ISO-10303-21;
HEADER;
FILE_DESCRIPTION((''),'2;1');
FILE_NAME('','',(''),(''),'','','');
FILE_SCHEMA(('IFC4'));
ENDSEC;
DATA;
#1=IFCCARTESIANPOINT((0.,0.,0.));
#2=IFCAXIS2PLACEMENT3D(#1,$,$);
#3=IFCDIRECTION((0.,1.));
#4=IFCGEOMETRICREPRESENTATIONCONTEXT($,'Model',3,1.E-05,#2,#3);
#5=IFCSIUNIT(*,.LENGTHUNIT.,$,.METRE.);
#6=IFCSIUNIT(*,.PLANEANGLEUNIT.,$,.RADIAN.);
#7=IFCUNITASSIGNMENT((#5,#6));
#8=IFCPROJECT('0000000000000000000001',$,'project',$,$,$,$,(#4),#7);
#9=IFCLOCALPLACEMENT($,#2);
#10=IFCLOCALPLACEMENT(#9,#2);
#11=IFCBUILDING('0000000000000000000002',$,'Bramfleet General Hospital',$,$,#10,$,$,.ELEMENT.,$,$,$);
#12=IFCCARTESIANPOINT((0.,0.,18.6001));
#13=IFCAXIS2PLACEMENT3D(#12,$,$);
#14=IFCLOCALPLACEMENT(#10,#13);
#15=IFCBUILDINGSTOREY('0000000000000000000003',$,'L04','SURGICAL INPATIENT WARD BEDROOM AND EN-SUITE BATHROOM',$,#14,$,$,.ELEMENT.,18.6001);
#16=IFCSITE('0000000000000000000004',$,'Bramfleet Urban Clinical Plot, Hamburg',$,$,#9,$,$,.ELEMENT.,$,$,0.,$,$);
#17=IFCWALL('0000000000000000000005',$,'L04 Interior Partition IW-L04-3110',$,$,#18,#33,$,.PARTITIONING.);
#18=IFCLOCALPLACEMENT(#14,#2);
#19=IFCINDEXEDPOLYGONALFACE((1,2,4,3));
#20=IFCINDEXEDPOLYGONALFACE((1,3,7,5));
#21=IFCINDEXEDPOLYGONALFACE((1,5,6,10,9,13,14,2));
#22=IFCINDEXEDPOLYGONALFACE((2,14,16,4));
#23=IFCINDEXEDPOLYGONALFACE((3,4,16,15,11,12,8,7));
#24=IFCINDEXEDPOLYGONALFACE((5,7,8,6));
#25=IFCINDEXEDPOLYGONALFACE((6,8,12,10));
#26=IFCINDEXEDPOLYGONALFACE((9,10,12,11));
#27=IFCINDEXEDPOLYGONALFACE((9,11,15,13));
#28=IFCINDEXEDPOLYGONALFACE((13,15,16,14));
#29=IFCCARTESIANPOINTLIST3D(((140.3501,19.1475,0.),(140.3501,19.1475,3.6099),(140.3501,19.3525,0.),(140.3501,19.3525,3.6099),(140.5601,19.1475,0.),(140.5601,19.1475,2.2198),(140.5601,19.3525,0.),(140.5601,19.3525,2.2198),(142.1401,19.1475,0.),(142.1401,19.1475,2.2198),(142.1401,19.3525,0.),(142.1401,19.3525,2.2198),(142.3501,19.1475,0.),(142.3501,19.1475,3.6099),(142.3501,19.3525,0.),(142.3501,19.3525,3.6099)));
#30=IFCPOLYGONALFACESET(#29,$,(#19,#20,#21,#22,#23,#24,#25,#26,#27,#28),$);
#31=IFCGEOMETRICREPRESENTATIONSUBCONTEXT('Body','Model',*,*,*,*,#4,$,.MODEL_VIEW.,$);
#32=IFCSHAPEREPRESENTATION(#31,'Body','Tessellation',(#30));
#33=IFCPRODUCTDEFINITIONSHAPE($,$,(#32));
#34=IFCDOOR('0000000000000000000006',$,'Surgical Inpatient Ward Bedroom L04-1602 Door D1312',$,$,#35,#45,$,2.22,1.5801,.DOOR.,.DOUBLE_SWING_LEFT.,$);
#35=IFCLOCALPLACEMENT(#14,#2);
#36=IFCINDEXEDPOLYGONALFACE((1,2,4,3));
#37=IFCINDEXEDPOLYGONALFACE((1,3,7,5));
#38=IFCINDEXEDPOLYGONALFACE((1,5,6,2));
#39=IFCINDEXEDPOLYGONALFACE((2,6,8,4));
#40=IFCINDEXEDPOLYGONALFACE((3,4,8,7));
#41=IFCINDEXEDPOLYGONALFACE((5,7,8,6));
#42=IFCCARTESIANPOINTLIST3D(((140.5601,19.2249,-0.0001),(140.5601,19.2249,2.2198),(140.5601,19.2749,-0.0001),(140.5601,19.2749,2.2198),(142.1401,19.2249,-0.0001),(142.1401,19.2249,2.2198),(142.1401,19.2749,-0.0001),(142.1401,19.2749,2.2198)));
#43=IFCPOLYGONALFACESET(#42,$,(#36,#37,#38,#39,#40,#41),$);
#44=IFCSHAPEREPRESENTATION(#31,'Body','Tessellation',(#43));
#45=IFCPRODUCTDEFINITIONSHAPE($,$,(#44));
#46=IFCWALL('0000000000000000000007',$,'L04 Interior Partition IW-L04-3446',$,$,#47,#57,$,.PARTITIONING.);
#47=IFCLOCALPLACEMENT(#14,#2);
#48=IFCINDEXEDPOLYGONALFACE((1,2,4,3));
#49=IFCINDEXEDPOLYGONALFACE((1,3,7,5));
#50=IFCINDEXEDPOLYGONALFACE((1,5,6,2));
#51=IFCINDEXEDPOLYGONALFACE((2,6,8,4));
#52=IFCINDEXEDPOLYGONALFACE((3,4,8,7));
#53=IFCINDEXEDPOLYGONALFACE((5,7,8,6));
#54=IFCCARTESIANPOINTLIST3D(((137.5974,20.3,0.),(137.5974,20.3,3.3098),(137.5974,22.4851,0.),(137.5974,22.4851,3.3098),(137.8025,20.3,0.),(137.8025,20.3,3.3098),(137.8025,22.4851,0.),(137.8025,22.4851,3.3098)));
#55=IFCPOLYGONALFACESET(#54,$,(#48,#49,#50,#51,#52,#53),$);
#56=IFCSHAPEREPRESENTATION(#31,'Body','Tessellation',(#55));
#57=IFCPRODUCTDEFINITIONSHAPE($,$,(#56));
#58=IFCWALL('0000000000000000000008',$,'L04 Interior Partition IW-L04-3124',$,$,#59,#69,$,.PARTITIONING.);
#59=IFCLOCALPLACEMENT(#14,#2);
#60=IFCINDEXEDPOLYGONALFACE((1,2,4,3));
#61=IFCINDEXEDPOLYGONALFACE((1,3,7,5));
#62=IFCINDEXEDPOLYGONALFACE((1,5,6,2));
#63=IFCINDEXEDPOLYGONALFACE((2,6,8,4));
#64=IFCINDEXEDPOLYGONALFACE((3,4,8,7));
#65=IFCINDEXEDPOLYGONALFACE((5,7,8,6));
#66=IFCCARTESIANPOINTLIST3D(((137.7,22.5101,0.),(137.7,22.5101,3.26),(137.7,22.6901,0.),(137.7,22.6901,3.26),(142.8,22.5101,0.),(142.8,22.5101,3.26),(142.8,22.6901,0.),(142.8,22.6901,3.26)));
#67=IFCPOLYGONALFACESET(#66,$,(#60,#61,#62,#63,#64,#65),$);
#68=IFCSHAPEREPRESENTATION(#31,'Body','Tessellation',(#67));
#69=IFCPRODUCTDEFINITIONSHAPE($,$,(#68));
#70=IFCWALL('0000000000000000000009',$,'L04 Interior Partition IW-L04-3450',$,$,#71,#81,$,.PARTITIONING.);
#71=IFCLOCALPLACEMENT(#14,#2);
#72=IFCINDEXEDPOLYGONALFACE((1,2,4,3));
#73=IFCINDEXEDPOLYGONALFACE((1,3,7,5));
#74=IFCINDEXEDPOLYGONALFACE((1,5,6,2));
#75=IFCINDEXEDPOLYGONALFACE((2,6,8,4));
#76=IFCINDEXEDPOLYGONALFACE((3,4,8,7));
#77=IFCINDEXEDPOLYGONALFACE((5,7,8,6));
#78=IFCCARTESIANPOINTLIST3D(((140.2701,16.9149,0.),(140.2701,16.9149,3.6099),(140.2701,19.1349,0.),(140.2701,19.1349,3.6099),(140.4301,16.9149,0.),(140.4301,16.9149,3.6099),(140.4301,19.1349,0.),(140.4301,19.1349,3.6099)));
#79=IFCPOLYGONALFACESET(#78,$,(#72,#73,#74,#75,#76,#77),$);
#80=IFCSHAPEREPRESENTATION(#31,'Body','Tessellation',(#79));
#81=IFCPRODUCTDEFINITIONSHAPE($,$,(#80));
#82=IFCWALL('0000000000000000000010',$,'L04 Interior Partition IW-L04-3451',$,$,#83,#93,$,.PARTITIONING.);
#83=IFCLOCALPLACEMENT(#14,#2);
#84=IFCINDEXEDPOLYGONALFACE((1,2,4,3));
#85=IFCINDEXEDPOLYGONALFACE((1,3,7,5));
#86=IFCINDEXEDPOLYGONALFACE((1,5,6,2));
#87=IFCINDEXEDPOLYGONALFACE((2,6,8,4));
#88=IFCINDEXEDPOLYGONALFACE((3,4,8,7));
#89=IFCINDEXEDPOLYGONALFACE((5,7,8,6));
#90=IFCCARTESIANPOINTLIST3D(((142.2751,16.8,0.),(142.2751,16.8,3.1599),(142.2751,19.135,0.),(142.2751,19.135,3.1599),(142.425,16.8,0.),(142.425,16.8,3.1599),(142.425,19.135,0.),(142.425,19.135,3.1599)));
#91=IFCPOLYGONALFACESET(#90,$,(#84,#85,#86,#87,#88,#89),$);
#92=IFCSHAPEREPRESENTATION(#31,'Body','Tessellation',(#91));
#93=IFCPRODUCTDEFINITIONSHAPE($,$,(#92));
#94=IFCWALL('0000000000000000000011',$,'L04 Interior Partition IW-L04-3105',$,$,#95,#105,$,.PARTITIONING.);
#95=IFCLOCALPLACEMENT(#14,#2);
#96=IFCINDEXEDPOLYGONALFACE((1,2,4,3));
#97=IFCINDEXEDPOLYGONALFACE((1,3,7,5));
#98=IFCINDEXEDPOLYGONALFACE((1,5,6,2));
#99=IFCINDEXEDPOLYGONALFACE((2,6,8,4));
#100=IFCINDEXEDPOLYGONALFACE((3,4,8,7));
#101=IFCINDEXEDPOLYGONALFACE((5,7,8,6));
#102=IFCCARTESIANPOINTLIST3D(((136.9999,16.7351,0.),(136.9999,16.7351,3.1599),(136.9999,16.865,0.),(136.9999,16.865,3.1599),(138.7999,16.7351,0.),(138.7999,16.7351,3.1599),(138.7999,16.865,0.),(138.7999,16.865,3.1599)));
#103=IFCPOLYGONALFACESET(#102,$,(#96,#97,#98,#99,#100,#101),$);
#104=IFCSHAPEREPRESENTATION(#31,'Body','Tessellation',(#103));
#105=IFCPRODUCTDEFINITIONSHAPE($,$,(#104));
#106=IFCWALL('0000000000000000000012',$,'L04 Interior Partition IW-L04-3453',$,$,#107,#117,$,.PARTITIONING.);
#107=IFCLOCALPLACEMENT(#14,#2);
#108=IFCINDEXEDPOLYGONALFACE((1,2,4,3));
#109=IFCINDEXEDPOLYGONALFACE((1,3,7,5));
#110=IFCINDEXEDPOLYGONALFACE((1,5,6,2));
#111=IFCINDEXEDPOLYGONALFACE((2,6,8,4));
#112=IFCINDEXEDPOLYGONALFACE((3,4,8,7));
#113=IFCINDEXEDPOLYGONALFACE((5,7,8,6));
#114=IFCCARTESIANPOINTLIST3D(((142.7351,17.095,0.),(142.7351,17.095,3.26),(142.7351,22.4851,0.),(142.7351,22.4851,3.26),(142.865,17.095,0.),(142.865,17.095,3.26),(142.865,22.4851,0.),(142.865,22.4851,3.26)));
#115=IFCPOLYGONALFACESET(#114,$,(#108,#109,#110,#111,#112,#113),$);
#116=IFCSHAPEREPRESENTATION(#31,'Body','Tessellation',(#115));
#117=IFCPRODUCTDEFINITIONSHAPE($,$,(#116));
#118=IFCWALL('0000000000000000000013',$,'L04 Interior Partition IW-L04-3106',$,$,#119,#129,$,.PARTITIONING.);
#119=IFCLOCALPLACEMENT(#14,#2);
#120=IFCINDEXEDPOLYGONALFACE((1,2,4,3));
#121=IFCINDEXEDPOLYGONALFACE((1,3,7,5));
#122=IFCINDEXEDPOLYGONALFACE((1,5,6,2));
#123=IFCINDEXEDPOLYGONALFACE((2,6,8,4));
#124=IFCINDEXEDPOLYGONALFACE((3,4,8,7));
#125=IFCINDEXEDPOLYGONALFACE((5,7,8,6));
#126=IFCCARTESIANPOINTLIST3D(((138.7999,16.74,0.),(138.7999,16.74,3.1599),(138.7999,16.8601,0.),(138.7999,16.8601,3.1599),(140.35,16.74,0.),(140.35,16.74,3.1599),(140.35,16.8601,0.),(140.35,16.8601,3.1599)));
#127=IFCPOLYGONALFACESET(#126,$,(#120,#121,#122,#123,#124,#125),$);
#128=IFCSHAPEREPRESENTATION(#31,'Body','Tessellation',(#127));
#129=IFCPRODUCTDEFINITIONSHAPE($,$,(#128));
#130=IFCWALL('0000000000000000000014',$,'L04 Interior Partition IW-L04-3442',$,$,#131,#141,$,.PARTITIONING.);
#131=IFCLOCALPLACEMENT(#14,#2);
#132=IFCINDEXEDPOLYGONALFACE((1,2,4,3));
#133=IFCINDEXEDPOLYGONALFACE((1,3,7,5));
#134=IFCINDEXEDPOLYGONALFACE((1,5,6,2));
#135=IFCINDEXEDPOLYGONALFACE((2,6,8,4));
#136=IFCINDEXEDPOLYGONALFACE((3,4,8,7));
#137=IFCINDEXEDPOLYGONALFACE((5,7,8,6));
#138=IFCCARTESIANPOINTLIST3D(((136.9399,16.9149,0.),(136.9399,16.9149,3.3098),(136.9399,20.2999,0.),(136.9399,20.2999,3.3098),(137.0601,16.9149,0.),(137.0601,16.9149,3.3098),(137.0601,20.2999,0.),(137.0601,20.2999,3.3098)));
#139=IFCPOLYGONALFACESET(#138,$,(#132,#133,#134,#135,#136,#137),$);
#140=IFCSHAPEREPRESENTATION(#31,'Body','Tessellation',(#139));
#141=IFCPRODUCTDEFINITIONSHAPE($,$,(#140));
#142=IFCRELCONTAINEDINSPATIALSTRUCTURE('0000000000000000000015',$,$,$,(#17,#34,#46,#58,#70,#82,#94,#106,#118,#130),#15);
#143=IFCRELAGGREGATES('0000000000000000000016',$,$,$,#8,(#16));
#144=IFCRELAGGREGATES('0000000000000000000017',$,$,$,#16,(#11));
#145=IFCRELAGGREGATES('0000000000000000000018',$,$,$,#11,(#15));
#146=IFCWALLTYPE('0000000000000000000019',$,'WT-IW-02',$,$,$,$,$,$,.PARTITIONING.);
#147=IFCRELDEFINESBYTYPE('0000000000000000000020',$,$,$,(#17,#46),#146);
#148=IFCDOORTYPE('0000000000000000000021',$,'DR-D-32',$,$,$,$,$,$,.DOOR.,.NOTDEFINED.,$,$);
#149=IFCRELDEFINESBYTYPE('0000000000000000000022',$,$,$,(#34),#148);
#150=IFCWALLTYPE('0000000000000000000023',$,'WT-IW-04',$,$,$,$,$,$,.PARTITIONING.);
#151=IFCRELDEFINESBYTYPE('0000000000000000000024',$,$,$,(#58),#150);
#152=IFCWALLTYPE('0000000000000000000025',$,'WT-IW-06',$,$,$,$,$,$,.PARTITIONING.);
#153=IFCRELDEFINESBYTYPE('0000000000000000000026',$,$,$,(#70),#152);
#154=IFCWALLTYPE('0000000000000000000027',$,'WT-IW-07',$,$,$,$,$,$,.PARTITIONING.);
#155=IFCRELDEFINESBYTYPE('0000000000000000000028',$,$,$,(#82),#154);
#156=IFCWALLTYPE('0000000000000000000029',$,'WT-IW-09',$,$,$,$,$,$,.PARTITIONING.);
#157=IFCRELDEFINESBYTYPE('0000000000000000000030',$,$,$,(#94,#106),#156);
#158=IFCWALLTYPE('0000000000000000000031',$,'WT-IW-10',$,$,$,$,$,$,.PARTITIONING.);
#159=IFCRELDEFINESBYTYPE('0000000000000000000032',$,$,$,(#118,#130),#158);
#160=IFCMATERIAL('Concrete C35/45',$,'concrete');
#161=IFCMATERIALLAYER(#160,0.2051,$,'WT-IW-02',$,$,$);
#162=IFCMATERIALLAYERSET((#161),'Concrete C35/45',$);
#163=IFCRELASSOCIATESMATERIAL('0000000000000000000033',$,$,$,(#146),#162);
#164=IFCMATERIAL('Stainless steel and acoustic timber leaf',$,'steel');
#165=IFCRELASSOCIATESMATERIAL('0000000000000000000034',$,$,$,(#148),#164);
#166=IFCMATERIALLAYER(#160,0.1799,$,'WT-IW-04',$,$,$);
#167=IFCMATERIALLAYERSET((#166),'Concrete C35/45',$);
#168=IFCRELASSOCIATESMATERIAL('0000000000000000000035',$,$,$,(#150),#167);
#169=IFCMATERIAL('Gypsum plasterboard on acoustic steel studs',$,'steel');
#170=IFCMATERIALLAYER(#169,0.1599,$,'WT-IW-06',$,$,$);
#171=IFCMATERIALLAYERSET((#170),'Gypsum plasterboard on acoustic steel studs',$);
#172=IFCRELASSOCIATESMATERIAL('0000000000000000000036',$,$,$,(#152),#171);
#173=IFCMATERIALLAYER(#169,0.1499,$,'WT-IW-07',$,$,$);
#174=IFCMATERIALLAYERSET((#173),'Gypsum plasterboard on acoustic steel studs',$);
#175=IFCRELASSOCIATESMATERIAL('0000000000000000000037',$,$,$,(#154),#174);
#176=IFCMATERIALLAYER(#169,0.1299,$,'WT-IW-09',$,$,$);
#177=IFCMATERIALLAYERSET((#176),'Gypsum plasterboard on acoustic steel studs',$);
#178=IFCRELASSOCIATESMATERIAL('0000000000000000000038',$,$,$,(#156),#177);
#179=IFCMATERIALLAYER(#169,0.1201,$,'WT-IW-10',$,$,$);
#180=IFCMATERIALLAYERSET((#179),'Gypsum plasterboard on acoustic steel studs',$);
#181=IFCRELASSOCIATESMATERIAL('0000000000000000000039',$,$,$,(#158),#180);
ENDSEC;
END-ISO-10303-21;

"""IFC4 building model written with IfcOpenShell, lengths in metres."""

from ifc_helpers import new_model, si_unit, direction, frame, frame_2d, origin, place, context, subcontext, project, spatial, rectangle, extrude, material, layer, layer_set, type_object, element, fill, save


model = new_model("IFC4")

# Units and contexts
model_context = context("Model", 3, precision=1e-05, world=origin(), true_north=direction((0.0, 1.0)))
body_context = subcontext(model_context, "Body", "Model", "MODEL_VIEW")
ifc_project = project(units=[si_unit("LENGTHUNIT", "METRE"), si_unit("PLANEANGLEUNIT", "RADIAN")], contexts=[model_context])

# Site, building, storey
site_placement = place(None, origin())
site = spatial("IfcSite", under=ifc_project, at=site_placement, Name="Bramfleet Urban Clinical Plot, Hamburg", CompositionType="ELEMENT", RefElevation=0.0)
building_placement = place(site_placement, origin())
building = spatial("IfcBuilding", under=site, at=building_placement, Name="Bramfleet General Hospital", CompositionType="ELEMENT")
storey_placement = place(building_placement, frame((0.0, 0.0, 18.6001)))
storey = spatial("IfcBuildingStorey", under=building, at=storey_placement, Name="L04", Description="SURGICAL INPATIENT WARD BEDROOM AND EN-SUITE BATHROOM", CompositionType="ELEMENT", Elevation=18.6001)

# Wall, opening, door
ifc_material_1 = material(Name="Concrete C35/45", Category="concrete")
ifc_layer_1 = layer(ifc_material_1, 0.2051, Name="WT-IW-02")
ifc_layer_set_1 = layer_set([ifc_layer_1], Name="Concrete C35/45")
wall_type_1 = type_object("IfcWallType", Name="WT-IW-02", PredefinedType="PARTITIONING", material=ifc_layer_set_1)
wall_1_placement = place(storey_placement, frame((140.3501, 19.25, 0.0), z_axis=(0.0, 0.0, 1.0), x_axis=(1.0, 0.0, 0.0)))
wall_1 = element("IfcWall", 1, at=wall_1_placement, inside=storey, type_object=wall_type_1, Name="L04 Interior Partition IW-L04-3110", PredefinedType="PARTITIONING", context=body_context, shape_type="SweptSolid", body=[
    extrude(rectangle(XDim=2.0, YDim=0.2051, at=frame_2d((1.0, 0.0))), origin(), (0.0, 0.0, 1.0), 3.6099),
])
opening_1_placement = place(wall_1_placement, frame((0.21, 0.0, 0.0)))
opening_1 = element("IfcOpeningElement", 2, at=opening_1_placement, cuts=wall_1, PredefinedType="OPENING", context=body_context, shape_type="SweptSolid", body=[
    extrude(rectangle(XDim=1.5801, YDim=2.22, at=frame_2d((0.79, 1.1099))), frame((0.0, 0.1125, 0.0), z_axis=(0.0, -1.0, 0.0), x_axis=(1.0, 0.0, 0.0)), (0.0, 0.0, 1.0), 0.2251),
])
ifc_material_2 = material(Name="Stainless steel and acoustic timber leaf", Category="steel")
door_type = type_object("IfcDoorType", Name="DR-D-32", OperationType="NOTDEFINED", PredefinedType="DOOR", material=ifc_material_2)
door_placement = place(opening_1_placement, origin())
door = element("IfcDoor", 3, at=door_placement, inside=storey, type_object=door_type, Name="Surgical Inpatient Ward Bedroom L04-1602 Door D1312", OperationType="DOUBLE_SWING_LEFT", OverallHeight=2.22, OverallWidth=1.5801, PredefinedType="DOOR", context=body_context, shape_type="SweptSolid", body=[
    extrude(rectangle(XDim=1.5801, YDim=2.22, at=frame_2d((0.79, 1.1099))), frame((0.0, 0.0249, 0.0), z_axis=(0.0, -1.0, 0.0), x_axis=(1.0, 0.0, 0.0)), (0.0, 0.0, 1.0), 0.05),
])
fill(opening_1, door)

# Walls
wall_2_placement = place(storey_placement, frame((137.7, 20.3, 0.0), z_axis=(0.0, 0.0, 1.0), x_axis=(0.0, 1.0, 0.0)))
element("IfcWall", 4, at=wall_2_placement, inside=storey, type_object=wall_type_1, Name="L04 Interior Partition IW-L04-3446", PredefinedType="PARTITIONING", context=body_context, shape_type="SweptSolid", body=[
    extrude(rectangle(XDim=2.1851, YDim=0.2051, at=frame_2d((1.0925, 0.0))), origin(), (0.0, 0.0, 1.0), 3.3098),
])
ifc_layer_2 = layer(ifc_material_1, 0.1799, Name="WT-IW-04")
ifc_layer_set_2 = layer_set([ifc_layer_2], Name="Concrete C35/45")
wall_type_2 = type_object("IfcWallType", Name="WT-IW-04", PredefinedType="PARTITIONING", material=ifc_layer_set_2)
wall_3_placement = place(storey_placement, frame((137.7, 22.6001, 0.0), z_axis=(0.0, 0.0, 1.0), x_axis=(1.0, 0.0, 0.0)))
element("IfcWall", 5, at=wall_3_placement, inside=storey, type_object=wall_type_2, Name="L04 Interior Partition IW-L04-3124", PredefinedType="PARTITIONING", context=body_context, shape_type="SweptSolid", body=[
    extrude(rectangle(XDim=5.1001, YDim=0.1799, at=frame_2d((2.55, 0.0))), origin(), (0.0, 0.0, 1.0), 3.26),
])
ifc_material_3 = material(Name="Gypsum plasterboard on acoustic steel studs", Category="steel")
ifc_layer_3 = layer(ifc_material_3, 0.1599, Name="WT-IW-06")
ifc_layer_set_3 = layer_set([ifc_layer_3], Name="Gypsum plasterboard on acoustic steel studs")
wall_type_3 = type_object("IfcWallType", Name="WT-IW-06", PredefinedType="PARTITIONING", material=ifc_layer_set_3)
wall_4_placement = place(storey_placement, frame((140.3501, 16.915, 0.0), z_axis=(0.0, 0.0, 1.0), x_axis=(0.0, 1.0, 0.0)))
element("IfcWall", 6, at=wall_4_placement, inside=storey, type_object=wall_type_3, Name="L04 Interior Partition IW-L04-3450", PredefinedType="PARTITIONING", context=body_context, shape_type="SweptSolid", body=[
    extrude(rectangle(XDim=2.22, YDim=0.1599, at=frame_2d((1.1099, 0.0))), origin(), (0.0, 0.0, 1.0), 3.6099),
])
ifc_layer_4 = layer(ifc_material_3, 0.1499, Name="WT-IW-07")
ifc_layer_set_4 = layer_set([ifc_layer_4], Name="Gypsum plasterboard on acoustic steel studs")
wall_type_4 = type_object("IfcWallType", Name="WT-IW-07", PredefinedType="PARTITIONING", material=ifc_layer_set_4)
wall_5_placement = place(storey_placement, frame((142.3501, 16.8, 0.0), z_axis=(0.0, 0.0, 1.0), x_axis=(0.0, 1.0, 0.0)))
element("IfcWall", 7, at=wall_5_placement, inside=storey, type_object=wall_type_4, Name="L04 Interior Partition IW-L04-3451", PredefinedType="PARTITIONING", context=body_context, shape_type="SweptSolid", body=[
    extrude(rectangle(XDim=2.335, YDim=0.1499, at=frame_2d((1.1675, 0.0))), origin(), (0.0, 0.0, 1.0), 3.1599),
])
ifc_layer_5 = layer(ifc_material_3, 0.1299, Name="WT-IW-09")
ifc_layer_set_5 = layer_set([ifc_layer_5], Name="Gypsum plasterboard on acoustic steel studs")
wall_type_5 = type_object("IfcWallType", Name="WT-IW-09", PredefinedType="PARTITIONING", material=ifc_layer_set_5)
wall_6_placement = place(storey_placement, frame((137.0, 16.8, 0.0), z_axis=(0.0, 0.0, 1.0), x_axis=(1.0, 0.0, 0.0)))
element("IfcWall", 8, at=wall_6_placement, inside=storey, type_object=wall_type_5, Name="L04 Interior Partition IW-L04-3105", PredefinedType="PARTITIONING", context=body_context, shape_type="SweptSolid", body=[
    extrude(rectangle(XDim=1.8, YDim=0.1299, at=frame_2d((0.8999, 0.0))), origin(), (0.0, 0.0, 1.0), 3.1599),
])
wall_7_placement = place(storey_placement, frame((142.8, 17.095, 0.0), z_axis=(0.0, 0.0, 1.0), x_axis=(0.0, 1.0, 0.0)))
element("IfcWall", 9, at=wall_7_placement, inside=storey, type_object=wall_type_5, Name="L04 Interior Partition IW-L04-3453", PredefinedType="PARTITIONING", context=body_context, shape_type="SweptSolid", body=[
    extrude(rectangle(XDim=5.3901, YDim=0.1299, at=frame_2d((2.6951, 0.0))), origin(), (0.0, 0.0, 1.0), 3.26),
])
ifc_layer_6 = layer(ifc_material_3, 0.1201, Name="WT-IW-10")
ifc_layer_set_6 = layer_set([ifc_layer_6], Name="Gypsum plasterboard on acoustic steel studs")
wall_type_6 = type_object("IfcWallType", Name="WT-IW-10", PredefinedType="PARTITIONING", material=ifc_layer_set_6)
wall_8_placement = place(storey_placement, frame((138.8, 16.8, 0.0), z_axis=(0.0, 0.0, 1.0), x_axis=(1.0, 0.0, 0.0)))
element("IfcWall", 10, at=wall_8_placement, inside=storey, type_object=wall_type_6, Name="L04 Interior Partition IW-L04-3106", PredefinedType="PARTITIONING", context=body_context, shape_type="SweptSolid", body=[
    extrude(rectangle(XDim=1.55, YDim=0.1201, at=frame_2d((0.7749, 0.0))), origin(), (0.0, 0.0, 1.0), 3.1599),
])
wall_9_placement = place(storey_placement, frame((137.0, 16.915, 0.0), z_axis=(0.0, 0.0, 1.0), x_axis=(0.0, 1.0, 0.0)))
element("IfcWall", 11, at=wall_9_placement, inside=storey, type_object=wall_type_6, Name="L04 Interior Partition IW-L04-3442", PredefinedType="PARTITIONING", context=body_context, shape_type="SweptSolid", body=[
    extrude(rectangle(XDim=3.385, YDim=0.1201, at=frame_2d((1.6924, 0.0))), origin(), (0.0, 0.0, 1.0), 3.3098),
])

save(model, "model.ifc")
